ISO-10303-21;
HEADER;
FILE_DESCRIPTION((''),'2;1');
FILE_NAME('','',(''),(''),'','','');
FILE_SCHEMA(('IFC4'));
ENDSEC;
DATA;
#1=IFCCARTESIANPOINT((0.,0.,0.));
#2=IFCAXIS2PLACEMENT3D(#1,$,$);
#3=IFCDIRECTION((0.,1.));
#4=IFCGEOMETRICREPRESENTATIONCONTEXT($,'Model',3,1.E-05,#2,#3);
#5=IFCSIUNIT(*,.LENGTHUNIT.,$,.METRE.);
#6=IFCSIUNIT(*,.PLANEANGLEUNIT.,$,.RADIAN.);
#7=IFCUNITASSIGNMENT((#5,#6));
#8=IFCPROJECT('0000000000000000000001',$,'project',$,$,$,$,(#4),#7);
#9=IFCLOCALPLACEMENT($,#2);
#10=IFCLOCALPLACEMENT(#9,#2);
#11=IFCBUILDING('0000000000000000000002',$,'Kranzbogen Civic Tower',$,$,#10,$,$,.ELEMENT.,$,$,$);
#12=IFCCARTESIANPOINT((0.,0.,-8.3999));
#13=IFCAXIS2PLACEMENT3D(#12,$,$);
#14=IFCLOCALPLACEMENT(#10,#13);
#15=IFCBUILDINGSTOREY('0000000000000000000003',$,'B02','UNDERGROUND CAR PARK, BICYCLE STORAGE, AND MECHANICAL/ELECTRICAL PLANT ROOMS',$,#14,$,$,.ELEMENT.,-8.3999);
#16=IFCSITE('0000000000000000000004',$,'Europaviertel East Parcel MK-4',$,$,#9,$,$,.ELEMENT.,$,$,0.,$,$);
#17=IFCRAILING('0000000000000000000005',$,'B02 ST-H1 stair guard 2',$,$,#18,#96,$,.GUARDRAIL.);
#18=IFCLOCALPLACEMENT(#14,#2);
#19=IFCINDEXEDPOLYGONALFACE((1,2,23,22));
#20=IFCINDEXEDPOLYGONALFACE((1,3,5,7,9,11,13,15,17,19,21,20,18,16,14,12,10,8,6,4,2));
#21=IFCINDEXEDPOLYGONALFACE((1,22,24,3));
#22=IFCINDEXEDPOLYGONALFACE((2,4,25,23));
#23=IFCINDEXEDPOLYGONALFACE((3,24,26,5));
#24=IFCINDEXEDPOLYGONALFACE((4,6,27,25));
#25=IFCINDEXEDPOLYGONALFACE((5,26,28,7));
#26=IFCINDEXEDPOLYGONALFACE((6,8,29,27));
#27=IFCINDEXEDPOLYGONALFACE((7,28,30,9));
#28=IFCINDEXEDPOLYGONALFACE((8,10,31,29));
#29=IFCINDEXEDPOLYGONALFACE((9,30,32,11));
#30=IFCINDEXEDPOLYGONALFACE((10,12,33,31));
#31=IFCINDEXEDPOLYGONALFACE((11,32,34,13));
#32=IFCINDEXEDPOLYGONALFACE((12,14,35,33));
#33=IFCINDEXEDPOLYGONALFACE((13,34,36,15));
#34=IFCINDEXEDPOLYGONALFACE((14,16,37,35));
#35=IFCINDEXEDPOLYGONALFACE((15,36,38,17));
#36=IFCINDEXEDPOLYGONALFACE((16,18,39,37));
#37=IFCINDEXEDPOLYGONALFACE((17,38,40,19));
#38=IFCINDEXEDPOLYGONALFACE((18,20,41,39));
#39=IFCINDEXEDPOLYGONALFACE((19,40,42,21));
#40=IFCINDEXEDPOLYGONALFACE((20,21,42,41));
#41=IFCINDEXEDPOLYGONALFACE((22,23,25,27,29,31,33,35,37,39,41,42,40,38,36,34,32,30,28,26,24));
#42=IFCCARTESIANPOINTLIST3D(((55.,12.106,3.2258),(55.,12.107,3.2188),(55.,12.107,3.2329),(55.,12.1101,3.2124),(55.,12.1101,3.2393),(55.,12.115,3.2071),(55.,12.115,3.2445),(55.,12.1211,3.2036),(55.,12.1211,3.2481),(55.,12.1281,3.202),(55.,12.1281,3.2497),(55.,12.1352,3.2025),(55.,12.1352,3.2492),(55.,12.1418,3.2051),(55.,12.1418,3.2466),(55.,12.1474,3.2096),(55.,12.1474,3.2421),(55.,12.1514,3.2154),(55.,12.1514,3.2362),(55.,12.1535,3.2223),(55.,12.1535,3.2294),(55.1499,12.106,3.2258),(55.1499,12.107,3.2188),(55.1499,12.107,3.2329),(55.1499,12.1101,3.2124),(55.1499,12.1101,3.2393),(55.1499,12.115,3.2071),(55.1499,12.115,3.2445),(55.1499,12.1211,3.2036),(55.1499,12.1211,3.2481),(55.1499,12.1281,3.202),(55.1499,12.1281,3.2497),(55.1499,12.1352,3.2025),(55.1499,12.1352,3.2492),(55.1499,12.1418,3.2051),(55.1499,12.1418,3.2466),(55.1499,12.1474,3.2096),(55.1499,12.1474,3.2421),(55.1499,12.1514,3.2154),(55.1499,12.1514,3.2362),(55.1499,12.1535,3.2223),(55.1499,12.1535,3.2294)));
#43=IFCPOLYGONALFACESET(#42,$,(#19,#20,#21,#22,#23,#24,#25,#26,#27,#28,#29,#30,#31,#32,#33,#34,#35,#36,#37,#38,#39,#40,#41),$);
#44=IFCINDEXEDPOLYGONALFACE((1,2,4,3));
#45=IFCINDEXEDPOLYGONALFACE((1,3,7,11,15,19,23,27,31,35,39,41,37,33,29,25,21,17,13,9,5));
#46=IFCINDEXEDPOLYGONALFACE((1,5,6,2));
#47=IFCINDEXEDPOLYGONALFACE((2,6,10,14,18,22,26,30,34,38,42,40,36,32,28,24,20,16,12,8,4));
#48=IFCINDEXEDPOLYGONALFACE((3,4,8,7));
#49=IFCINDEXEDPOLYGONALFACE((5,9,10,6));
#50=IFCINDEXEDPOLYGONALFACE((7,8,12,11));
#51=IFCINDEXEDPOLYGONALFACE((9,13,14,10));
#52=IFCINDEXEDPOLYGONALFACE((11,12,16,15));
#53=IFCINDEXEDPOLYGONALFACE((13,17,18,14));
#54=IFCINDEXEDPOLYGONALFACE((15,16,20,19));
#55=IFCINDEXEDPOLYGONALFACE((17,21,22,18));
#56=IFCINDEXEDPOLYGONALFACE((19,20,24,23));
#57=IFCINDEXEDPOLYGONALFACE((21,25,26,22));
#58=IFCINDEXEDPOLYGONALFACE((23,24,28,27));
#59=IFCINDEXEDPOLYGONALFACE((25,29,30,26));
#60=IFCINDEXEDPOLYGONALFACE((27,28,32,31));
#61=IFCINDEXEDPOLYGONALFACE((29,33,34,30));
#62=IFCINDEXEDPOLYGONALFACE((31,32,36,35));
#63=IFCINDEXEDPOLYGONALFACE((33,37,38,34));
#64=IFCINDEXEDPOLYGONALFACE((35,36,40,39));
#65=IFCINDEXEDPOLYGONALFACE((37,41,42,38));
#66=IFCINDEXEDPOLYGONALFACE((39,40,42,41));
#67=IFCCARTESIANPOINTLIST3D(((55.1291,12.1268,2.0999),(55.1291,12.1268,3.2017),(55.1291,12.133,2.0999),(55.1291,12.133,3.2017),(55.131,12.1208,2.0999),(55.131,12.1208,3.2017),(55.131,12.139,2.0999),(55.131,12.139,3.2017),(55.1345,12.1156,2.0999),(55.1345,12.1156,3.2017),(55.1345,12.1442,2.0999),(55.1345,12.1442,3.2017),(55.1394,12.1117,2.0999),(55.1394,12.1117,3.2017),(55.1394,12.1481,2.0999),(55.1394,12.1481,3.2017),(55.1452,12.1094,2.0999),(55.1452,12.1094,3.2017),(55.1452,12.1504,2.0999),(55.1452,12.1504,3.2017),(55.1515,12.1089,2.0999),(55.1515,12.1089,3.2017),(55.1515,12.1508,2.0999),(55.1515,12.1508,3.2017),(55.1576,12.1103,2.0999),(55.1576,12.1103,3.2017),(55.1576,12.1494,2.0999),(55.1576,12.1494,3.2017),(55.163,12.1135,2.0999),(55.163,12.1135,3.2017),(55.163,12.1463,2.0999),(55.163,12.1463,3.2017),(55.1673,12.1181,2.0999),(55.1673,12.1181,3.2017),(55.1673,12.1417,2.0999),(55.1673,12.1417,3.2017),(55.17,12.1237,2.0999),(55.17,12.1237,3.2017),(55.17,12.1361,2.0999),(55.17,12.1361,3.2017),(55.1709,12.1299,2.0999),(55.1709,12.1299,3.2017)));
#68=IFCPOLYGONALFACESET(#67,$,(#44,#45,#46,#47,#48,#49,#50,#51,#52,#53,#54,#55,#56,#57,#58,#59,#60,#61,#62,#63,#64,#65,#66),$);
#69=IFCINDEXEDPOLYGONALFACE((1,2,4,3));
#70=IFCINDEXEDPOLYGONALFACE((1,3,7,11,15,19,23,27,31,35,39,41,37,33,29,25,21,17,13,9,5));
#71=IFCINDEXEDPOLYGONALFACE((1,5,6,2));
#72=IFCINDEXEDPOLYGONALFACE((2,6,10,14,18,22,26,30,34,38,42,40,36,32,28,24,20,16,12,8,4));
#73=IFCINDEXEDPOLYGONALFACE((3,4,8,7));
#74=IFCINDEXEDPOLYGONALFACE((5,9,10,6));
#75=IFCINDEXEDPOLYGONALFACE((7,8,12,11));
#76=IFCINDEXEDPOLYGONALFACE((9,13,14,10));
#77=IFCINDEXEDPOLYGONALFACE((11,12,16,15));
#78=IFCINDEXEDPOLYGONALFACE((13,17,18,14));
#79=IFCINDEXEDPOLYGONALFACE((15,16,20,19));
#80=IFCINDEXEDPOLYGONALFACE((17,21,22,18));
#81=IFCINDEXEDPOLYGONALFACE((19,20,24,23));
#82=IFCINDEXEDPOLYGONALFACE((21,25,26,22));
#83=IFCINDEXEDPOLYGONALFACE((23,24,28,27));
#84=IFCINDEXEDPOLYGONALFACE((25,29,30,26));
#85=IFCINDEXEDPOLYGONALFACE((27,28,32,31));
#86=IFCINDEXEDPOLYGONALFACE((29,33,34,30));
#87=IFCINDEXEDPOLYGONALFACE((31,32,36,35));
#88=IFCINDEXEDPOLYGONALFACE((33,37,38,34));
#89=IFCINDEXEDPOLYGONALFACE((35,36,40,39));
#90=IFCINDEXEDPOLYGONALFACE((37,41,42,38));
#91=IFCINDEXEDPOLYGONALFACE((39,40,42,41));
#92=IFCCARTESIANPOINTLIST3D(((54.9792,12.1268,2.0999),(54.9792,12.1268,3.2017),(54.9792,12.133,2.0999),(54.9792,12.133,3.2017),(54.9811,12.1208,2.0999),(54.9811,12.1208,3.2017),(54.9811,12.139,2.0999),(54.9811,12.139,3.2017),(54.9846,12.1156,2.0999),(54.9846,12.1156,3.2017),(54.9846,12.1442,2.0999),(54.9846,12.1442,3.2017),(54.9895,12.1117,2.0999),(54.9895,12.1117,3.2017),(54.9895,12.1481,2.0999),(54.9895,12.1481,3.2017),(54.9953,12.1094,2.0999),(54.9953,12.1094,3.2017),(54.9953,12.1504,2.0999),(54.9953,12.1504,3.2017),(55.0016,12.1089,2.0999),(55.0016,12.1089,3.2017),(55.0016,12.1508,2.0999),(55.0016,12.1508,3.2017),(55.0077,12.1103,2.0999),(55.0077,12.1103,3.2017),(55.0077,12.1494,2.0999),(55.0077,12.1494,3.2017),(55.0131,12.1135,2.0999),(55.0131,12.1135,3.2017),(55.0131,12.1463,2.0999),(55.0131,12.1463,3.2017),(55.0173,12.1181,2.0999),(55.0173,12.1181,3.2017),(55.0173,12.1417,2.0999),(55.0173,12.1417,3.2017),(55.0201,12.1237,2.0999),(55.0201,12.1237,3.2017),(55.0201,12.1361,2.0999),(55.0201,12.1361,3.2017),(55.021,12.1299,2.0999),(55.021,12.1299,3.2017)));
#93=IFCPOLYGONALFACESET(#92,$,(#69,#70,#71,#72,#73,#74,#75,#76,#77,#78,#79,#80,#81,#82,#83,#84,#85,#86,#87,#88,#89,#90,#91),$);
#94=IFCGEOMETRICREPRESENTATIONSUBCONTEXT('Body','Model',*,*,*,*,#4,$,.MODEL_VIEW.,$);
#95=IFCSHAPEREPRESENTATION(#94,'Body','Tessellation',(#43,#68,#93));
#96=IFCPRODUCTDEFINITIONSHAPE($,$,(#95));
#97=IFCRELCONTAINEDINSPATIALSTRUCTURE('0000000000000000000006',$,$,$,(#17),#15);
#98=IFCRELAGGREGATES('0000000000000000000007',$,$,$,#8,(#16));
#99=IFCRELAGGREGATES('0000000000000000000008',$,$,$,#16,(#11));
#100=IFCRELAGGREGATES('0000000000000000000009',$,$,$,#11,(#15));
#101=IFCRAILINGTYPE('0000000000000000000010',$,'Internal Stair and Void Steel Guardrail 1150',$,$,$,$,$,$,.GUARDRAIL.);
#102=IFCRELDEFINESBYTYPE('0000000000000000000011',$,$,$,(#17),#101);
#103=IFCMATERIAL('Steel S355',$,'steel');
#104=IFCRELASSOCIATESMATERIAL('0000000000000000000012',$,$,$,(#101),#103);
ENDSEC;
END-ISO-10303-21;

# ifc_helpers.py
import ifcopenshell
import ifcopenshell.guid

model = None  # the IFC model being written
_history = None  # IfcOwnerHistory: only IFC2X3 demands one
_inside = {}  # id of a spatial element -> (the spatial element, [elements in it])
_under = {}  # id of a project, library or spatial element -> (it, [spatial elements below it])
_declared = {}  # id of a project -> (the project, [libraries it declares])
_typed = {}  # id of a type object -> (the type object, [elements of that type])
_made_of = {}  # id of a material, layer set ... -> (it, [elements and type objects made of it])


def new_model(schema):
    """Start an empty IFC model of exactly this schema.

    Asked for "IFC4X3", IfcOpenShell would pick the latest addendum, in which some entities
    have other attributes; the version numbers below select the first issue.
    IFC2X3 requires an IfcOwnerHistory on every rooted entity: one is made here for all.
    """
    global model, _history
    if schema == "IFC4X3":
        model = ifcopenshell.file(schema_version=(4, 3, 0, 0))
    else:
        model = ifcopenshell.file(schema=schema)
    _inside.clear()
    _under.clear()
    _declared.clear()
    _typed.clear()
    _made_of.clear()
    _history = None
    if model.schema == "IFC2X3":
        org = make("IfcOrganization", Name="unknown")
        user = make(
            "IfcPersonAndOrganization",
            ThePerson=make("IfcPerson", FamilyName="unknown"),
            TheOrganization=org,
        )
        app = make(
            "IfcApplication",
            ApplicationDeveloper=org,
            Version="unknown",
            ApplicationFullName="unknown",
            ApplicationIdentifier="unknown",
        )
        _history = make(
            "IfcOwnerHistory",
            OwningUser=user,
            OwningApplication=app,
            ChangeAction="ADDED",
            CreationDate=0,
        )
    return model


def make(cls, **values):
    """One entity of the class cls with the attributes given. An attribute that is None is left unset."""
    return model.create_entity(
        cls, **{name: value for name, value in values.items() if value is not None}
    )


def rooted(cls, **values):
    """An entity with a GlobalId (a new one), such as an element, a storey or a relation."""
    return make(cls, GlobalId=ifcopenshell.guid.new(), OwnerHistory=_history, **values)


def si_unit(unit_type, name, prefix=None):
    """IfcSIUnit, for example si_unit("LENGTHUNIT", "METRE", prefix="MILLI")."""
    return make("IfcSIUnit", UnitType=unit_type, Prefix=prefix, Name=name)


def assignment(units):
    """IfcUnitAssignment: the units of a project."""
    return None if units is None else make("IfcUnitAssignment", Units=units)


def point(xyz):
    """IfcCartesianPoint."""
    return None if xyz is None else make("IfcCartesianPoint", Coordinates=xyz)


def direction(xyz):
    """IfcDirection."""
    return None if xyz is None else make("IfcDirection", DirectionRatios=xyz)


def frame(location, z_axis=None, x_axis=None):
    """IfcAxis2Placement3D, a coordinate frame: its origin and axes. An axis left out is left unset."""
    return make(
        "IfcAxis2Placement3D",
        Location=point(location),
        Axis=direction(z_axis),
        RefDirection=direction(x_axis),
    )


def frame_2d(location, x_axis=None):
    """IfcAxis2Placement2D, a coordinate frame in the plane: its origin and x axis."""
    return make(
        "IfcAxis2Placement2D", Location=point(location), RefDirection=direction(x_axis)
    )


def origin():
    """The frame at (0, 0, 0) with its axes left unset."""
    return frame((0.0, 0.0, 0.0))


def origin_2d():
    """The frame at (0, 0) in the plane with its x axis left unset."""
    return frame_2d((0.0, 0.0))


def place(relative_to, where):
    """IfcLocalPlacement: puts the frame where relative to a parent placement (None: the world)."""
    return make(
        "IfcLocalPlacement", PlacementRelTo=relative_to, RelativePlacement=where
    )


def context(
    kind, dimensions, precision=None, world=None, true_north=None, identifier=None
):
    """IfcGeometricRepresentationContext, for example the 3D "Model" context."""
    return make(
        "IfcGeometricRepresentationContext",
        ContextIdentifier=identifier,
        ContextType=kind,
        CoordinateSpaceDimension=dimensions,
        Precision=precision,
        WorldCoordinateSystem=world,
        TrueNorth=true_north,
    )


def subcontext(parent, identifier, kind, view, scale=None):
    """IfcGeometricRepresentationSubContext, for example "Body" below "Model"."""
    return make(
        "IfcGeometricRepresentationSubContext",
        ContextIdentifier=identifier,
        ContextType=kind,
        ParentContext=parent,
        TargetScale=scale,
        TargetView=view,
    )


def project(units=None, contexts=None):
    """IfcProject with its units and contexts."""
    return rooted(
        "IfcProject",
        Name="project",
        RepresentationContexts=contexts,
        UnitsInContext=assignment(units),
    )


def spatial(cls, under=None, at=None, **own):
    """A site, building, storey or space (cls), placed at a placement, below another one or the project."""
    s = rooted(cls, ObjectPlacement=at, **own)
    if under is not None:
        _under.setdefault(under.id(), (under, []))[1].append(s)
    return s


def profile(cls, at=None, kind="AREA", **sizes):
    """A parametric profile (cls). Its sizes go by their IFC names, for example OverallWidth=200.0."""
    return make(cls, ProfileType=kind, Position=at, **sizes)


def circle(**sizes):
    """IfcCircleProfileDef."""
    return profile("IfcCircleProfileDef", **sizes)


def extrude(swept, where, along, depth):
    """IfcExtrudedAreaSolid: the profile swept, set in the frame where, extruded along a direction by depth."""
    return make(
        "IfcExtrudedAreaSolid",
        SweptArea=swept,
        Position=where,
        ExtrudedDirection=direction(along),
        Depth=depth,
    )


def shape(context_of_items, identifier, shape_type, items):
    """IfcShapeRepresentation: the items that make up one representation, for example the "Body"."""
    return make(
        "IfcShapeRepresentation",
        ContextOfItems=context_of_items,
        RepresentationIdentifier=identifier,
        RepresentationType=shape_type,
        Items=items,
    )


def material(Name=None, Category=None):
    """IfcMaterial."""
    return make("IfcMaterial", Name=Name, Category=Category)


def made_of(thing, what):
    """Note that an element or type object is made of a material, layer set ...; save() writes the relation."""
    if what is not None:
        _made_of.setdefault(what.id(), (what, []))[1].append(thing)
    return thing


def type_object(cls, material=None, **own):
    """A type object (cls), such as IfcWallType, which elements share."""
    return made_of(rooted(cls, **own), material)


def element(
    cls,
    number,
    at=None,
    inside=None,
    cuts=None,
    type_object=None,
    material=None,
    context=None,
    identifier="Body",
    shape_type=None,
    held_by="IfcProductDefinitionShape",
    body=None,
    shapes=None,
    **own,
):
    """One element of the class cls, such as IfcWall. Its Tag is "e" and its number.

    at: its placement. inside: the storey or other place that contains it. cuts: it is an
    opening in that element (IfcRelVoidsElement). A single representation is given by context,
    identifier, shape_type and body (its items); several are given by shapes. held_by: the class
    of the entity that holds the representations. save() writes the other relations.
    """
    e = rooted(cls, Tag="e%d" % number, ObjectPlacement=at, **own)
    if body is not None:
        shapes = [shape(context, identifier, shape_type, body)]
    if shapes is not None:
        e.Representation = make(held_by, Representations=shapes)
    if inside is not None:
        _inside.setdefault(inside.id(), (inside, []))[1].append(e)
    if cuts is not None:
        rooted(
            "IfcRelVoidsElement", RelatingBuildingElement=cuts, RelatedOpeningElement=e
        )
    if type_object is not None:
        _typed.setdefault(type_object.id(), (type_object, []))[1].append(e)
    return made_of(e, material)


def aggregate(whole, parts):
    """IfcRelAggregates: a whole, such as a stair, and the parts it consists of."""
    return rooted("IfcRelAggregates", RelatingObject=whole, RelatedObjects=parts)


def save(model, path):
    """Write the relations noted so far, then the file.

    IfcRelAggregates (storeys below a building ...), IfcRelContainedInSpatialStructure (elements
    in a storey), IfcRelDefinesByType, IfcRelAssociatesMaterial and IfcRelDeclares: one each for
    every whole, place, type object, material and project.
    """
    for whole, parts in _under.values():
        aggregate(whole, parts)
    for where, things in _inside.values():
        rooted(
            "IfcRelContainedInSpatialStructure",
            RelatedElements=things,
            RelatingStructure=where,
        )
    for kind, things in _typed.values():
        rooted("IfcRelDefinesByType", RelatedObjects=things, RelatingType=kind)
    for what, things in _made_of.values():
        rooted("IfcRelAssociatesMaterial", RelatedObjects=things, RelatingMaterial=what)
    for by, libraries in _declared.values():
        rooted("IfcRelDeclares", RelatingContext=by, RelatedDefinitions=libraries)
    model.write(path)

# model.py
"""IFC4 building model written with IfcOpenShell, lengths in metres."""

from ifc_helpers import new_model, si_unit, direction, frame, origin, origin_2d, place, context, subcontext, project, spatial, circle, extrude, material, type_object, element, save


model = new_model("IFC4")

# Units and contexts
model_context = context("Model", 3, precision=1e-05, world=origin(), true_north=direction((0.0, 1.0)))
body_context = subcontext(model_context, "Body", "Model", "MODEL_VIEW")
ifc_project = project(units=[si_unit("LENGTHUNIT", "METRE"), si_unit("PLANEANGLEUNIT", "RADIAN")], contexts=[model_context])

# Site, building, storey
site_placement = place(None, origin())
site = spatial("IfcSite", under=ifc_project, at=site_placement, Name="Europaviertel East Parcel MK-4", CompositionType="ELEMENT", RefElevation=0.0)
building_placement = place(site_placement, origin())
building = spatial("IfcBuilding", under=site, at=building_placement, Name="Kranzbogen Civic Tower", CompositionType="ELEMENT")
storey_placement = place(building_placement, frame((0.0, 0.0, -8.3999)))
storey = spatial("IfcBuildingStorey", under=building, at=storey_placement, Name="B02", Description="UNDERGROUND CAR PARK, BICYCLE STORAGE, AND MECHANICAL/ELECTRICAL PLANT ROOMS", CompositionType="ELEMENT", Elevation=-8.3999)

# Shared definitions
ifc_material_1 = material(Name="Steel S355", Category="steel")

# Railing
railing_type_1 = type_object("IfcRailingType", Name="Internal Stair and Void Steel Guardrail 1150", PredefinedType="GUARDRAIL", material=ifc_material_1)
railing_1_placement = place(storey_placement, frame((55.1499, 12.1299, 2.0999)))
element("IfcRailing", 1, at=railing_1_placement, inside=storey, type_object=railing_type_1, Name="B02 ST-H1 stair guard 2", PredefinedType="GUARDRAIL", context=body_context, shape_type="SweptSolid", body=[
    extrude(circle(Radius=0.0239, at=origin_2d()), frame((0.0, 0.0, 1.126), z_axis=(-1.0, 0.0, 0.0), x_axis=(0.0, -1.0, 0.0)), (0.0, 0.0, 1.0), 0.1499),
    extrude(circle(Radius=0.021, at=origin_2d()), origin(), (0.0, 0.0, 1.0), 1.1018),
    extrude(circle(Radius=0.021, at=origin_2d()), frame((-0.1499, 0.0, 0.0)), (0.0, 0.0, 1.0), 1.1018),
])

save(model, "model.ifc")
